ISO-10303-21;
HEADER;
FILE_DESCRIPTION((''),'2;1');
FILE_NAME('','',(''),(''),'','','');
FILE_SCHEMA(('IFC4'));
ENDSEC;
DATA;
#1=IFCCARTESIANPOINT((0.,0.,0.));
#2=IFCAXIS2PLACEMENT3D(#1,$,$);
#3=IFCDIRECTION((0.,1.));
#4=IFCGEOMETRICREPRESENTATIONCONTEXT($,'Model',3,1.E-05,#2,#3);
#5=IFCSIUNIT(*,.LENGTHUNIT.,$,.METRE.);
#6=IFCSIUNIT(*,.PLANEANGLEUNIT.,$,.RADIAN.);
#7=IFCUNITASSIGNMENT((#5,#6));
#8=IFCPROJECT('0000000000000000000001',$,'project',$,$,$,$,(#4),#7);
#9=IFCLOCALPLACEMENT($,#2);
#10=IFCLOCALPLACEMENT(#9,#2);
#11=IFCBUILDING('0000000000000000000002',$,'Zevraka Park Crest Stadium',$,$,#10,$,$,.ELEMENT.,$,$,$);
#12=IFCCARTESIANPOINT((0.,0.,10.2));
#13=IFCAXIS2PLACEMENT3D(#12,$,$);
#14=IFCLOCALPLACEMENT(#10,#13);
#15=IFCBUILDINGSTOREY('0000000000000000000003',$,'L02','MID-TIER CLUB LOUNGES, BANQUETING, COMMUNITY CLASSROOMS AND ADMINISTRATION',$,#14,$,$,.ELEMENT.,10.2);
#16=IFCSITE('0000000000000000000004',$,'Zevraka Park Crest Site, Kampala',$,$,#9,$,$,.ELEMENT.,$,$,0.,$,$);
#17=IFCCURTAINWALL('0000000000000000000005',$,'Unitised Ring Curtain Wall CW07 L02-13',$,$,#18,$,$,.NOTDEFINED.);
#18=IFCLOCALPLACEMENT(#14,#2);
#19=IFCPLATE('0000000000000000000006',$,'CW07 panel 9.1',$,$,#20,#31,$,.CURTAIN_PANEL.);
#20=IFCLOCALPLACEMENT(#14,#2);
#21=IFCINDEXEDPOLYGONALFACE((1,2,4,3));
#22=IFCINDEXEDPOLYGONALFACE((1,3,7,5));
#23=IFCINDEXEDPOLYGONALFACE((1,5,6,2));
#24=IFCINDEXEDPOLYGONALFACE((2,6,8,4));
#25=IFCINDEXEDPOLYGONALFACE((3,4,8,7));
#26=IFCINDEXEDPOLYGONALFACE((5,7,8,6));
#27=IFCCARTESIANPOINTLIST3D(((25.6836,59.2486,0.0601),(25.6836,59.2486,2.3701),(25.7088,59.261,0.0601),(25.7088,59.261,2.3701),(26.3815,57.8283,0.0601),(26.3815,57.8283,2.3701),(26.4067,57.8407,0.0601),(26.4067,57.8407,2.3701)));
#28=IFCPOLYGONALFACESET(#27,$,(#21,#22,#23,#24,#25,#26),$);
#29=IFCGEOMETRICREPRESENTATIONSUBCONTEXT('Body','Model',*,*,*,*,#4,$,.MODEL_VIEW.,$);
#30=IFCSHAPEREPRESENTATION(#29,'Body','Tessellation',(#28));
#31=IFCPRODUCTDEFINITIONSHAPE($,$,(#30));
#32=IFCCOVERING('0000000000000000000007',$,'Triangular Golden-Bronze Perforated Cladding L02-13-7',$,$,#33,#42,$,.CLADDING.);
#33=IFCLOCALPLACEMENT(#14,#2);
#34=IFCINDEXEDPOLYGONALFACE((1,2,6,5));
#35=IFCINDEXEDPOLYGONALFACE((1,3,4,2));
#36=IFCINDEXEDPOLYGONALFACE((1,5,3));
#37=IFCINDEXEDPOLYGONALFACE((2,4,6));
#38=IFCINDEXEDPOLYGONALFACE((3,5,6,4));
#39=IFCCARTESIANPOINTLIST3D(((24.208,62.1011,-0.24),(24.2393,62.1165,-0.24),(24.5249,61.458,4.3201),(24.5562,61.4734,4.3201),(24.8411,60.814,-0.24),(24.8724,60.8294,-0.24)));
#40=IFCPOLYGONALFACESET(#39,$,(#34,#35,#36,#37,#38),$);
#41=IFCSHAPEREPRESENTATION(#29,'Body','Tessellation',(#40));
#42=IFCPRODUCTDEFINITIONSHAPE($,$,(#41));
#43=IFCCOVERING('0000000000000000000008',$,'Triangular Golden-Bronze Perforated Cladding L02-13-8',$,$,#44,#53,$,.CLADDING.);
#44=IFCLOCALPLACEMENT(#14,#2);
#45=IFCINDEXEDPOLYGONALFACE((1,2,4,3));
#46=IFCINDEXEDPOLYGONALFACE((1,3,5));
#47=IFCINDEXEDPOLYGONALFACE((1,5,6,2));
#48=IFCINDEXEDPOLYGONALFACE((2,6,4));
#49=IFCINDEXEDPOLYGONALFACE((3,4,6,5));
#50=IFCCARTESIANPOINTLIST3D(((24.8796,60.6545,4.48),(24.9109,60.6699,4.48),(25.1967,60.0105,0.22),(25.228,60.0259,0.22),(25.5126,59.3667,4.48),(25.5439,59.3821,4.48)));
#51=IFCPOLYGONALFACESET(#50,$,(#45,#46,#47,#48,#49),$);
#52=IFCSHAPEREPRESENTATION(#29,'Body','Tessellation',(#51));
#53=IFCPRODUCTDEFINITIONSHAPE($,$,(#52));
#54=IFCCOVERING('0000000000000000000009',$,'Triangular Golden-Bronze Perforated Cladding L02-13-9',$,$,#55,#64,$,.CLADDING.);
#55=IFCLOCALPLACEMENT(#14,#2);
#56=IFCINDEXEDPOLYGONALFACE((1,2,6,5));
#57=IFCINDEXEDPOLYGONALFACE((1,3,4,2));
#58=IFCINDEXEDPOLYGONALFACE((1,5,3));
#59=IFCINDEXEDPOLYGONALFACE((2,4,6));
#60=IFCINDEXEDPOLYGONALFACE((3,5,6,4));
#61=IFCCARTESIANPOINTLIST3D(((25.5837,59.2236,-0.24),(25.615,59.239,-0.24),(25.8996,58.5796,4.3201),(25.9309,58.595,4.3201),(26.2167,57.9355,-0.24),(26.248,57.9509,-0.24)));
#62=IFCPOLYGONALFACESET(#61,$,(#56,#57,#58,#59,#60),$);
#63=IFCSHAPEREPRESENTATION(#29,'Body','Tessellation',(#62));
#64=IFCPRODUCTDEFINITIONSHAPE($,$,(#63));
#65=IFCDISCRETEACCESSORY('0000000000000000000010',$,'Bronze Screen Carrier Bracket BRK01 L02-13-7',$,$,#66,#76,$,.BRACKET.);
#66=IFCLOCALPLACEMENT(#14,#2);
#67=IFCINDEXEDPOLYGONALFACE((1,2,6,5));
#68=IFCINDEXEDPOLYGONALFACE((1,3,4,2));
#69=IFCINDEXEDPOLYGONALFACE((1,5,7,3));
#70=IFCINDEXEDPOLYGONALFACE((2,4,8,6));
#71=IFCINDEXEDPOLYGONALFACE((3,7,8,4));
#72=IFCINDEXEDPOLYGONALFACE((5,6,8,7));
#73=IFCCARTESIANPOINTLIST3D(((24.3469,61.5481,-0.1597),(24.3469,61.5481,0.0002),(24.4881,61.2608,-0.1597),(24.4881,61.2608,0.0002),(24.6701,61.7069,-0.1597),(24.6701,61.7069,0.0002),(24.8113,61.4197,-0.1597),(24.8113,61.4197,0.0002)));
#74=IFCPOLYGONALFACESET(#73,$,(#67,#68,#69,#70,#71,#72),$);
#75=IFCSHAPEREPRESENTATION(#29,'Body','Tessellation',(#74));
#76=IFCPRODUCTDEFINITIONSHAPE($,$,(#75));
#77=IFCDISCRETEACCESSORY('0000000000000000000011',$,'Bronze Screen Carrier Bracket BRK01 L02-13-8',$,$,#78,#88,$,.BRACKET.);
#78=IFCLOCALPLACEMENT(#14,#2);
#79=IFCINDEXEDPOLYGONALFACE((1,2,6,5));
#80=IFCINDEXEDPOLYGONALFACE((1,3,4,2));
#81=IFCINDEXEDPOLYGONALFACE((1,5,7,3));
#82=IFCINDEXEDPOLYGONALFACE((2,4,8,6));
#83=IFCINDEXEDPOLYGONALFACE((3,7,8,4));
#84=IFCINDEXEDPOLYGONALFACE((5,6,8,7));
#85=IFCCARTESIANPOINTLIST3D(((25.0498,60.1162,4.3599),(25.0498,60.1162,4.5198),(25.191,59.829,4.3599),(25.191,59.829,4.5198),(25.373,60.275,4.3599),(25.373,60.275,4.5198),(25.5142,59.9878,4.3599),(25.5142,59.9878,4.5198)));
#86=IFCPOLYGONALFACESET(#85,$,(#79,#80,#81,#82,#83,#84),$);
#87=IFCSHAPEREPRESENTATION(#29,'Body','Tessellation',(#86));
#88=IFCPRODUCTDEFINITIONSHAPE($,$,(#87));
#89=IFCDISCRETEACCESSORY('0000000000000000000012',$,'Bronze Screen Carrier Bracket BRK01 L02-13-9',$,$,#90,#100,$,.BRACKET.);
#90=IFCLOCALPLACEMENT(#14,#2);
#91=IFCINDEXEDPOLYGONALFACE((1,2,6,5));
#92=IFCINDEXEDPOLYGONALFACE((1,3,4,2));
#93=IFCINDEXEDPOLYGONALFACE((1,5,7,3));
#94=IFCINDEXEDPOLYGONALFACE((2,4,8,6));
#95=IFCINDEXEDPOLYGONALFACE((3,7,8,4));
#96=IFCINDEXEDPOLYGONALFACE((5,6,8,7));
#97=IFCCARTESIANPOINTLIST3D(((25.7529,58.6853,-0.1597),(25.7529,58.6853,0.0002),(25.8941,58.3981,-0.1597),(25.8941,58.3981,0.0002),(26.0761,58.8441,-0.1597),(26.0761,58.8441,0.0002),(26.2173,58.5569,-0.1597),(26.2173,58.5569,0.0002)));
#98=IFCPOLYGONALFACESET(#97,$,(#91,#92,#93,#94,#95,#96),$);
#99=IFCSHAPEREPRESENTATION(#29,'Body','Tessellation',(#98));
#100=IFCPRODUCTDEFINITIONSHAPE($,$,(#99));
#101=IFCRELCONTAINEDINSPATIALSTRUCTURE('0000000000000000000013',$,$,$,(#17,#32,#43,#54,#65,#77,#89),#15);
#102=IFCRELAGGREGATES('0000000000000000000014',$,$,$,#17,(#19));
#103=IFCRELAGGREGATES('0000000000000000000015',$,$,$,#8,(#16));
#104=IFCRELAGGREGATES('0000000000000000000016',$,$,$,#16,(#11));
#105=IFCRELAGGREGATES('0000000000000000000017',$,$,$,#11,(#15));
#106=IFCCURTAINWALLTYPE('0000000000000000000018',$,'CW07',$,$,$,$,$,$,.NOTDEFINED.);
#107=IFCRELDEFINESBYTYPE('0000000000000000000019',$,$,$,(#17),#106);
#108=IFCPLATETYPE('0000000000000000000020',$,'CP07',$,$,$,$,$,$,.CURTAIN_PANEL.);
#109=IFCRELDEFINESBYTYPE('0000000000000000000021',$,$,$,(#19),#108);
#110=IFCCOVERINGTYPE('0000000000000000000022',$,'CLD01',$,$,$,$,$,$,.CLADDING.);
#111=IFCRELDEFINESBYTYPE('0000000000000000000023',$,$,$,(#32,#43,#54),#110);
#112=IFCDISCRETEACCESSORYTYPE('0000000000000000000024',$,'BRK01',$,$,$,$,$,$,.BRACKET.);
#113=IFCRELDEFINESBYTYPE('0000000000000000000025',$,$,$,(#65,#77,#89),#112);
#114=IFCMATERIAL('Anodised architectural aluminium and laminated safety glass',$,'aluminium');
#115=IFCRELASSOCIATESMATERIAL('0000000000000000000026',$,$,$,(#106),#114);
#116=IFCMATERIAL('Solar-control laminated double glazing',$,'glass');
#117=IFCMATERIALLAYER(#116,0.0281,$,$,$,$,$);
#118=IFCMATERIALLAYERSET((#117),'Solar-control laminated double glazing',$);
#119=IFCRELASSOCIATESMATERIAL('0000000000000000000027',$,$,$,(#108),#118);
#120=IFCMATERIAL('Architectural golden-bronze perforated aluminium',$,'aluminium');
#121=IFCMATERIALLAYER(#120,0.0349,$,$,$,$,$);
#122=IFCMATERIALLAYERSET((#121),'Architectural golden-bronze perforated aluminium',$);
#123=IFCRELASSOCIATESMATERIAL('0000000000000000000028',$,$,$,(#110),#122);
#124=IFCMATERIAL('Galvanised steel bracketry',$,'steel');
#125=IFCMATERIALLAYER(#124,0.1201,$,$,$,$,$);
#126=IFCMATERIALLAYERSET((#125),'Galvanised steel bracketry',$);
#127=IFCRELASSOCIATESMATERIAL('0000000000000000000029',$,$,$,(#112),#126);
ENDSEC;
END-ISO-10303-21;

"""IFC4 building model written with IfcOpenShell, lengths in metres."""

from ifc_helpers import new_model, si_unit, direction, frame, origin, origin_2d, place, context, subcontext, project, spatial, polyline, rectangle, outline, extrude, material, layer, layer_set, type_object, element, aggregate, save


model = new_model("IFC4")

# Units and contexts
model_context = context("Model", 3, precision=1e-05, world=origin(), true_north=direction((0.0, 1.0)))
body_context = subcontext(model_context, "Body", "Model", "MODEL_VIEW")
ifc_project = project(units=[si_unit("LENGTHUNIT", "METRE"), si_unit("PLANEANGLEUNIT", "RADIAN")], contexts=[model_context])

# Site, building, storey
site_placement = place(None, origin())
site = spatial("IfcSite", under=ifc_project, at=site_placement, Name="Zevraka Park Crest Site, Kampala", CompositionType="ELEMENT", RefElevation=0.0)
building_placement = place(site_placement, origin())
building = spatial("IfcBuilding", under=site, at=building_placement, Name="Zevraka Park Crest Stadium", CompositionType="ELEMENT")
storey_placement = place(building_placement, frame((0.0, 0.0, 10.2)))
storey = spatial("IfcBuildingStorey", under=building, at=storey_placement, Name="L02", Description="MID-TIER CLUB LOUNGES, BANQUETING, COMMUNITY CLASSROOMS AND ADMINISTRATION", CompositionType="ELEMENT", Elevation=10.2)

# Curtain wall, plate
ifc_material_1 = material(Name="Anodised architectural aluminium and laminated safety glass", Category="aluminium")
curtain_wall_type = type_object("IfcCurtainWallType", Name="CW07", PredefinedType="NOTDEFINED", material=ifc_material_1)
curtain_wall_placement = place(storey_placement, origin())
curtain_wall = element("IfcCurtainWall", 1, at=curtain_wall_placement, inside=storey, type_object=curtain_wall_type, Name="Unitised Ring Curtain Wall CW07 L02-13", PredefinedType="NOTDEFINED")
ifc_material_2 = material(Name="Solar-control laminated double glazing", Category="glass")
ifc_layer_1 = layer(ifc_material_2, 0.0281)
ifc_layer_set_1 = layer_set([ifc_layer_1], Name="Solar-control laminated double glazing")
plate_type = type_object("IfcPlateType", Name="CP07", PredefinedType="CURTAIN_PANEL", material=ifc_layer_set_1)
plate_1_placement = place(storey_placement, frame((26.0452, 58.5447, 0.0601), z_axis=(0.0, 0.0, 1.0), x_axis=(0.441021, -0.897497, 0.0)))
plate_1 = element("IfcPlate", 2, at=plate_1_placement, type_object=plate_type, Name="CW07 panel 9.1", PredefinedType="CURTAIN_PANEL", context=body_context, shape_type="SweptSolid", body=[
    extrude(rectangle(XDim=1.5825, YDim=0.0281, at=origin_2d()), origin(), (0.0, 0.0, 1.0), 2.3101),
])
aggregate(curtain_wall, [plate_1])

# Coverings
ifc_material_3 = material(Name="Architectural golden-bronze perforated aluminium", Category="aluminium")
ifc_layer_2 = layer(ifc_material_3, 0.0349)
ifc_layer_set_2 = layer_set([ifc_layer_2], Name="Architectural golden-bronze perforated aluminium")
covering_type = type_object("IfcCoveringType", Name="CLD01", PredefinedType="CLADDING", material=ifc_layer_set_2)
covering_1_placement = place(storey_placement, frame((24.208, 62.1011, -0.24), z_axis=(-0.897336, -0.441349, 0.000119), x_axis=(0.441349, -0.897336, 0.0)))
element("IfcCovering", 3, at=covering_1_placement, inside=storey, type_object=covering_type, Name="Triangular Golden-Bronze Perforated Cladding L02-13-7", PredefinedType="CLADDING", context=body_context, shape_type="SweptSolid", body=[
    extrude(outline(polyline([(0.0, 0.0), (1.4344, 0.0), (0.7169, 4.5601), (0.0, 0.0)])), origin(), (0.0, 0.0, -1.0), 0.0349),
])
covering_2_placement = place(storey_placement, frame((25.5439, 59.3821, 4.48), z_axis=(0.897435, 0.441147, 0.000116), x_axis=(-0.441147, 0.897435, 0.0)))
element("IfcCovering", 4, at=covering_2_placement, inside=storey, type_object=covering_type, Name="Triangular Golden-Bronze Perforated Cladding L02-13-8", PredefinedType="CLADDING", context=body_context, shape_type="SweptSolid", body=[
    extrude(outline(polyline([(0.0, 0.0), (1.435, 0.0), (0.7171, -4.26), (0.0, 0.0)])), origin(), (0.0, 0.0, -1.0), 0.0349),
])
covering_3_placement = place(storey_placement, frame((25.615, 59.239, -0.24), z_axis=(0.897468, 0.441079, 0.00012), x_axis=(0.441079, -0.897468, 0.0)))
element("IfcCovering", 5, at=covering_3_placement, inside=storey, type_object=covering_type, Name="Triangular Golden-Bronze Perforated Cladding L02-13-9", PredefinedType="CLADDING", context=body_context, shape_type="SweptSolid", body=[
    extrude(outline(polyline([(0.0, 0.0), (1.4352, 0.0), (0.7174, -4.5601), (0.0, 0.0)])), origin(), (0.0, 0.0, -1.0), 0.0349),
])

# Discrete accessories
ifc_material_4 = material(Name="Galvanised steel bracketry", Category="steel")
ifc_layer_3 = layer(ifc_material_4, 0.1201)
ifc_layer_set_3 = layer_set([ifc_layer_3], Name="Galvanised steel bracketry")
discrete_accessory_type = type_object("IfcDiscreteAccessoryType", Name="BRK01", PredefinedType="BRACKET", material=ifc_layer_set_3)
for number, where, z_axis, x_axis, name in (
    (6, (24.5791, 61.4839, -0.1597), (0.0, 0.0, 1.0), (0.441036, -0.897489, 0.0), "Bronze Screen Carrier Bracket BRK01 L02-13-7"),
    (7, (25.282, 60.052, 4.3599), (0.0, 0.0, 1.0), (0.441036, -0.897489, 0.0), "Bronze Screen Carrier Bracket BRK01 L02-13-8"),
    (8, (25.9851, 58.6211, -0.1597), (0.0, 0.0, 1.0), (0.441036, -0.897489, 0.0), "Bronze Screen Carrier Bracket BRK01 L02-13-9"),
):
    element("IfcDiscreteAccessory", number, at=place(storey_placement, frame(where, z_axis=z_axis, x_axis=x_axis)), inside=storey, type_object=discrete_accessory_type, Name=name, PredefinedType="BRACKET", context=body_context, shape_type="SweptSolid", body=[
        extrude(rectangle(XDim=0.3201, YDim=0.3601, at=origin_2d()), origin(), (0.0, 0.0, 1.0), 0.1599),
    ])

save(model, "model.ifc")
